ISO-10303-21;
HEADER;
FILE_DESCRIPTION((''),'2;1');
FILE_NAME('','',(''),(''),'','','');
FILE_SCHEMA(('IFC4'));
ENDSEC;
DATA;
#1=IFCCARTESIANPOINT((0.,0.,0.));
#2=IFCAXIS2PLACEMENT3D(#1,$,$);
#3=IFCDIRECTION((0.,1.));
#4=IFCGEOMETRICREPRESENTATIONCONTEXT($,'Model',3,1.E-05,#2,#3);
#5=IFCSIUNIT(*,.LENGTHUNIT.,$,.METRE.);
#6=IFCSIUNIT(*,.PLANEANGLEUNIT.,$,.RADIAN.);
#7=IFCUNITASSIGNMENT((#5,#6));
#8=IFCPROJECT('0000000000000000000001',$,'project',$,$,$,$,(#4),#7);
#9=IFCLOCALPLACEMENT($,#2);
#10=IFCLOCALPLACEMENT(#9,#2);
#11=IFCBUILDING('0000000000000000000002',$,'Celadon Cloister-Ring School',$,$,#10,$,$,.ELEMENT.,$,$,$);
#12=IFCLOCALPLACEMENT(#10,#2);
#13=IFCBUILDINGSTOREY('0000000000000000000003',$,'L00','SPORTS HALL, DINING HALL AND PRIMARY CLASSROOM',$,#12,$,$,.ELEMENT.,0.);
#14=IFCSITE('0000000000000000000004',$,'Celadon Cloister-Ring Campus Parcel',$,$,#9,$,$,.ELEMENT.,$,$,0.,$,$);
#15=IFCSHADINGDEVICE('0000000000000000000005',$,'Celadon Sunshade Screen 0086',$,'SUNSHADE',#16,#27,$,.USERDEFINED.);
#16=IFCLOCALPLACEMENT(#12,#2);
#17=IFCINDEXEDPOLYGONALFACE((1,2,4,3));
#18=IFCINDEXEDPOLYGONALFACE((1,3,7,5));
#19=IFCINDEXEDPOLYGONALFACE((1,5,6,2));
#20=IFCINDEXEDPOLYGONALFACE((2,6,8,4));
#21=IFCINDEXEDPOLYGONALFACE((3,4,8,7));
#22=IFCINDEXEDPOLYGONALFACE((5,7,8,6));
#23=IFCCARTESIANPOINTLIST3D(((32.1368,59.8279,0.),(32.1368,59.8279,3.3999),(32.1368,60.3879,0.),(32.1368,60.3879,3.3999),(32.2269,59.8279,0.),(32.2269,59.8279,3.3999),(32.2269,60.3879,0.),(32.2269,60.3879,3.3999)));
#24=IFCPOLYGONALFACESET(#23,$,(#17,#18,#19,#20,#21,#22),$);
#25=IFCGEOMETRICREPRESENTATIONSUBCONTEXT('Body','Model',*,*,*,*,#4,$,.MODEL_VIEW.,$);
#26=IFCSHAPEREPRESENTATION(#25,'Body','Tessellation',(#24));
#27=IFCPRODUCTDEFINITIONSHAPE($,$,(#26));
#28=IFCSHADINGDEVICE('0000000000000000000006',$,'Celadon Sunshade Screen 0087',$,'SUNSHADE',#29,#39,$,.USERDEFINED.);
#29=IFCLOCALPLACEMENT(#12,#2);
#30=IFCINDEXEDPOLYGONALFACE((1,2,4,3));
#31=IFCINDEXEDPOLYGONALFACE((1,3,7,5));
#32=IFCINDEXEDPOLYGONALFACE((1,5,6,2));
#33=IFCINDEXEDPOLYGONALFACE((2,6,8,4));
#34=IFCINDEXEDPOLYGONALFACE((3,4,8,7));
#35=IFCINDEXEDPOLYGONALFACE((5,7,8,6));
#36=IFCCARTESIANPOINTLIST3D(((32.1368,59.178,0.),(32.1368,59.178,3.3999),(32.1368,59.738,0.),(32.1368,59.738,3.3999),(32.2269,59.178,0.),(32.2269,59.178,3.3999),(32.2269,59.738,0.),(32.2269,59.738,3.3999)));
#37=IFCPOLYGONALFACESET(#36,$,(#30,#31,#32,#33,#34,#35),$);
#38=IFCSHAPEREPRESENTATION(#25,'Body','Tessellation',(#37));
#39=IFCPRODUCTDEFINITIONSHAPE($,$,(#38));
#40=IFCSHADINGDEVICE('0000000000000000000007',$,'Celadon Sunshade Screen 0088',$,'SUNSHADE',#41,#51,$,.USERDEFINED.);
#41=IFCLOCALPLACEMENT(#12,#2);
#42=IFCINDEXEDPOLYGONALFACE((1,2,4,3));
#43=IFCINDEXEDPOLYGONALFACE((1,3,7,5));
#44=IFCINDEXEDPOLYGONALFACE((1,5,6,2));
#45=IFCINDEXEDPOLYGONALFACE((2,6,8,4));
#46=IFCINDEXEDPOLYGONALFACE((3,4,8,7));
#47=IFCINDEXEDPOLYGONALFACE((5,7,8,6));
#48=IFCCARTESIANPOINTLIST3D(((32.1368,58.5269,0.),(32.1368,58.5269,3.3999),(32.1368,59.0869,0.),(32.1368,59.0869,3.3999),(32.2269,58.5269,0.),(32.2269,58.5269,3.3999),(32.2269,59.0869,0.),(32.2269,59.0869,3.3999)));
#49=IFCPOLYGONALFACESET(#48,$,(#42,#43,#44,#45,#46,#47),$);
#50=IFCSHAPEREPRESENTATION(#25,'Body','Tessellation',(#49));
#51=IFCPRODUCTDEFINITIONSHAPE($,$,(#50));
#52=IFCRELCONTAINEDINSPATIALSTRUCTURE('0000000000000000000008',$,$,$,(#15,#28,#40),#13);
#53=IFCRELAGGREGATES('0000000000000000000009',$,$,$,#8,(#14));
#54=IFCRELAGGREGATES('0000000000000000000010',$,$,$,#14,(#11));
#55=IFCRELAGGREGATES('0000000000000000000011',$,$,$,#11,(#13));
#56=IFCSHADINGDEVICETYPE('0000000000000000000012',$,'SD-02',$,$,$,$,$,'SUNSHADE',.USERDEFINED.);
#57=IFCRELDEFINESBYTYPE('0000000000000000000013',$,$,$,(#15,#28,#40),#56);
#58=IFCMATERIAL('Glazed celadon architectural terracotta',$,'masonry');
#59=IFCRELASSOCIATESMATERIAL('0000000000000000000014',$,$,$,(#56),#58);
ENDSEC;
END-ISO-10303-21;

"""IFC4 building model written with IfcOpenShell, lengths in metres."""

from ifc_helpers import new_model, si_unit, direction, frame, origin, origin_2d, place, context, subcontext, project, spatial, rectangle, extrude, material, type_object, element, save


model = new_model("IFC4")

# Units and contexts
model_context = context("Model", 3, precision=1e-05, world=origin(), true_north=direction((0.0, 1.0)))
body_context = subcontext(model_context, "Body", "Model", "MODEL_VIEW")
ifc_project = project(units=[si_unit("LENGTHUNIT", "METRE"), si_unit("PLANEANGLEUNIT", "RADIAN")], contexts=[model_context])

# Site, building, storey
site_placement = place(None, origin())
site = spatial("IfcSite", under=ifc_project, at=site_placement, Name="Celadon Cloister-Ring Campus Parcel", CompositionType="ELEMENT", RefElevation=0.0)
building_placement = place(site_placement, origin())
building = spatial("IfcBuilding", under=site, at=building_placement, Name="Celadon Cloister-Ring School", CompositionType="ELEMENT")
storey_placement = place(building_placement, origin())
storey = spatial("IfcBuildingStorey", under=building, at=storey_placement, Name="L00", Description="SPORTS HALL, DINING HALL AND PRIMARY CLASSROOM", CompositionType="ELEMENT", Elevation=0.0)

# Shading devices
ifc_material_1 = material(Name="Glazed celadon architectural terracotta", Category="masonry")
shading_device_type = type_object("IfcShadingDeviceType", Name="SD-02", ElementType="SUNSHADE", PredefinedType="USERDEFINED", material=ifc_material_1)
for number, where, z_axis, x_axis, name in (
    (1, (32.1819, 60.1079, 0.0), (0.0, 0.0, 1.0), (0.0, -1.0, 0.0), "Celadon Sunshade Screen 0086"),
    (2, (32.1819, 59.458, 0.0), (0.0, 0.0, 1.0), (0.0, -1.0, 0.0), "Celadon Sunshade Screen 0087"),
    (3, (32.1819, 58.8069, 0.0), (0.0, 0.0, 1.0), (0.0, -1.0, 0.0), "Celadon Sunshade Screen 0088"),
):
    element("IfcShadingDevice", number, at=place(storey_placement, frame(where, z_axis=z_axis, x_axis=x_axis)), inside=storey, type_object=shading_device_type, Name=name, ObjectType="SUNSHADE", PredefinedType="USERDEFINED", context=body_context, shape_type="SweptSolid", body=[
        extrude(rectangle(XDim=0.5601, YDim=0.0901, at=origin_2d()), origin(), (0.0, 0.0, 1.0), 3.3999),
    ])

save(model, "model.ifc")
